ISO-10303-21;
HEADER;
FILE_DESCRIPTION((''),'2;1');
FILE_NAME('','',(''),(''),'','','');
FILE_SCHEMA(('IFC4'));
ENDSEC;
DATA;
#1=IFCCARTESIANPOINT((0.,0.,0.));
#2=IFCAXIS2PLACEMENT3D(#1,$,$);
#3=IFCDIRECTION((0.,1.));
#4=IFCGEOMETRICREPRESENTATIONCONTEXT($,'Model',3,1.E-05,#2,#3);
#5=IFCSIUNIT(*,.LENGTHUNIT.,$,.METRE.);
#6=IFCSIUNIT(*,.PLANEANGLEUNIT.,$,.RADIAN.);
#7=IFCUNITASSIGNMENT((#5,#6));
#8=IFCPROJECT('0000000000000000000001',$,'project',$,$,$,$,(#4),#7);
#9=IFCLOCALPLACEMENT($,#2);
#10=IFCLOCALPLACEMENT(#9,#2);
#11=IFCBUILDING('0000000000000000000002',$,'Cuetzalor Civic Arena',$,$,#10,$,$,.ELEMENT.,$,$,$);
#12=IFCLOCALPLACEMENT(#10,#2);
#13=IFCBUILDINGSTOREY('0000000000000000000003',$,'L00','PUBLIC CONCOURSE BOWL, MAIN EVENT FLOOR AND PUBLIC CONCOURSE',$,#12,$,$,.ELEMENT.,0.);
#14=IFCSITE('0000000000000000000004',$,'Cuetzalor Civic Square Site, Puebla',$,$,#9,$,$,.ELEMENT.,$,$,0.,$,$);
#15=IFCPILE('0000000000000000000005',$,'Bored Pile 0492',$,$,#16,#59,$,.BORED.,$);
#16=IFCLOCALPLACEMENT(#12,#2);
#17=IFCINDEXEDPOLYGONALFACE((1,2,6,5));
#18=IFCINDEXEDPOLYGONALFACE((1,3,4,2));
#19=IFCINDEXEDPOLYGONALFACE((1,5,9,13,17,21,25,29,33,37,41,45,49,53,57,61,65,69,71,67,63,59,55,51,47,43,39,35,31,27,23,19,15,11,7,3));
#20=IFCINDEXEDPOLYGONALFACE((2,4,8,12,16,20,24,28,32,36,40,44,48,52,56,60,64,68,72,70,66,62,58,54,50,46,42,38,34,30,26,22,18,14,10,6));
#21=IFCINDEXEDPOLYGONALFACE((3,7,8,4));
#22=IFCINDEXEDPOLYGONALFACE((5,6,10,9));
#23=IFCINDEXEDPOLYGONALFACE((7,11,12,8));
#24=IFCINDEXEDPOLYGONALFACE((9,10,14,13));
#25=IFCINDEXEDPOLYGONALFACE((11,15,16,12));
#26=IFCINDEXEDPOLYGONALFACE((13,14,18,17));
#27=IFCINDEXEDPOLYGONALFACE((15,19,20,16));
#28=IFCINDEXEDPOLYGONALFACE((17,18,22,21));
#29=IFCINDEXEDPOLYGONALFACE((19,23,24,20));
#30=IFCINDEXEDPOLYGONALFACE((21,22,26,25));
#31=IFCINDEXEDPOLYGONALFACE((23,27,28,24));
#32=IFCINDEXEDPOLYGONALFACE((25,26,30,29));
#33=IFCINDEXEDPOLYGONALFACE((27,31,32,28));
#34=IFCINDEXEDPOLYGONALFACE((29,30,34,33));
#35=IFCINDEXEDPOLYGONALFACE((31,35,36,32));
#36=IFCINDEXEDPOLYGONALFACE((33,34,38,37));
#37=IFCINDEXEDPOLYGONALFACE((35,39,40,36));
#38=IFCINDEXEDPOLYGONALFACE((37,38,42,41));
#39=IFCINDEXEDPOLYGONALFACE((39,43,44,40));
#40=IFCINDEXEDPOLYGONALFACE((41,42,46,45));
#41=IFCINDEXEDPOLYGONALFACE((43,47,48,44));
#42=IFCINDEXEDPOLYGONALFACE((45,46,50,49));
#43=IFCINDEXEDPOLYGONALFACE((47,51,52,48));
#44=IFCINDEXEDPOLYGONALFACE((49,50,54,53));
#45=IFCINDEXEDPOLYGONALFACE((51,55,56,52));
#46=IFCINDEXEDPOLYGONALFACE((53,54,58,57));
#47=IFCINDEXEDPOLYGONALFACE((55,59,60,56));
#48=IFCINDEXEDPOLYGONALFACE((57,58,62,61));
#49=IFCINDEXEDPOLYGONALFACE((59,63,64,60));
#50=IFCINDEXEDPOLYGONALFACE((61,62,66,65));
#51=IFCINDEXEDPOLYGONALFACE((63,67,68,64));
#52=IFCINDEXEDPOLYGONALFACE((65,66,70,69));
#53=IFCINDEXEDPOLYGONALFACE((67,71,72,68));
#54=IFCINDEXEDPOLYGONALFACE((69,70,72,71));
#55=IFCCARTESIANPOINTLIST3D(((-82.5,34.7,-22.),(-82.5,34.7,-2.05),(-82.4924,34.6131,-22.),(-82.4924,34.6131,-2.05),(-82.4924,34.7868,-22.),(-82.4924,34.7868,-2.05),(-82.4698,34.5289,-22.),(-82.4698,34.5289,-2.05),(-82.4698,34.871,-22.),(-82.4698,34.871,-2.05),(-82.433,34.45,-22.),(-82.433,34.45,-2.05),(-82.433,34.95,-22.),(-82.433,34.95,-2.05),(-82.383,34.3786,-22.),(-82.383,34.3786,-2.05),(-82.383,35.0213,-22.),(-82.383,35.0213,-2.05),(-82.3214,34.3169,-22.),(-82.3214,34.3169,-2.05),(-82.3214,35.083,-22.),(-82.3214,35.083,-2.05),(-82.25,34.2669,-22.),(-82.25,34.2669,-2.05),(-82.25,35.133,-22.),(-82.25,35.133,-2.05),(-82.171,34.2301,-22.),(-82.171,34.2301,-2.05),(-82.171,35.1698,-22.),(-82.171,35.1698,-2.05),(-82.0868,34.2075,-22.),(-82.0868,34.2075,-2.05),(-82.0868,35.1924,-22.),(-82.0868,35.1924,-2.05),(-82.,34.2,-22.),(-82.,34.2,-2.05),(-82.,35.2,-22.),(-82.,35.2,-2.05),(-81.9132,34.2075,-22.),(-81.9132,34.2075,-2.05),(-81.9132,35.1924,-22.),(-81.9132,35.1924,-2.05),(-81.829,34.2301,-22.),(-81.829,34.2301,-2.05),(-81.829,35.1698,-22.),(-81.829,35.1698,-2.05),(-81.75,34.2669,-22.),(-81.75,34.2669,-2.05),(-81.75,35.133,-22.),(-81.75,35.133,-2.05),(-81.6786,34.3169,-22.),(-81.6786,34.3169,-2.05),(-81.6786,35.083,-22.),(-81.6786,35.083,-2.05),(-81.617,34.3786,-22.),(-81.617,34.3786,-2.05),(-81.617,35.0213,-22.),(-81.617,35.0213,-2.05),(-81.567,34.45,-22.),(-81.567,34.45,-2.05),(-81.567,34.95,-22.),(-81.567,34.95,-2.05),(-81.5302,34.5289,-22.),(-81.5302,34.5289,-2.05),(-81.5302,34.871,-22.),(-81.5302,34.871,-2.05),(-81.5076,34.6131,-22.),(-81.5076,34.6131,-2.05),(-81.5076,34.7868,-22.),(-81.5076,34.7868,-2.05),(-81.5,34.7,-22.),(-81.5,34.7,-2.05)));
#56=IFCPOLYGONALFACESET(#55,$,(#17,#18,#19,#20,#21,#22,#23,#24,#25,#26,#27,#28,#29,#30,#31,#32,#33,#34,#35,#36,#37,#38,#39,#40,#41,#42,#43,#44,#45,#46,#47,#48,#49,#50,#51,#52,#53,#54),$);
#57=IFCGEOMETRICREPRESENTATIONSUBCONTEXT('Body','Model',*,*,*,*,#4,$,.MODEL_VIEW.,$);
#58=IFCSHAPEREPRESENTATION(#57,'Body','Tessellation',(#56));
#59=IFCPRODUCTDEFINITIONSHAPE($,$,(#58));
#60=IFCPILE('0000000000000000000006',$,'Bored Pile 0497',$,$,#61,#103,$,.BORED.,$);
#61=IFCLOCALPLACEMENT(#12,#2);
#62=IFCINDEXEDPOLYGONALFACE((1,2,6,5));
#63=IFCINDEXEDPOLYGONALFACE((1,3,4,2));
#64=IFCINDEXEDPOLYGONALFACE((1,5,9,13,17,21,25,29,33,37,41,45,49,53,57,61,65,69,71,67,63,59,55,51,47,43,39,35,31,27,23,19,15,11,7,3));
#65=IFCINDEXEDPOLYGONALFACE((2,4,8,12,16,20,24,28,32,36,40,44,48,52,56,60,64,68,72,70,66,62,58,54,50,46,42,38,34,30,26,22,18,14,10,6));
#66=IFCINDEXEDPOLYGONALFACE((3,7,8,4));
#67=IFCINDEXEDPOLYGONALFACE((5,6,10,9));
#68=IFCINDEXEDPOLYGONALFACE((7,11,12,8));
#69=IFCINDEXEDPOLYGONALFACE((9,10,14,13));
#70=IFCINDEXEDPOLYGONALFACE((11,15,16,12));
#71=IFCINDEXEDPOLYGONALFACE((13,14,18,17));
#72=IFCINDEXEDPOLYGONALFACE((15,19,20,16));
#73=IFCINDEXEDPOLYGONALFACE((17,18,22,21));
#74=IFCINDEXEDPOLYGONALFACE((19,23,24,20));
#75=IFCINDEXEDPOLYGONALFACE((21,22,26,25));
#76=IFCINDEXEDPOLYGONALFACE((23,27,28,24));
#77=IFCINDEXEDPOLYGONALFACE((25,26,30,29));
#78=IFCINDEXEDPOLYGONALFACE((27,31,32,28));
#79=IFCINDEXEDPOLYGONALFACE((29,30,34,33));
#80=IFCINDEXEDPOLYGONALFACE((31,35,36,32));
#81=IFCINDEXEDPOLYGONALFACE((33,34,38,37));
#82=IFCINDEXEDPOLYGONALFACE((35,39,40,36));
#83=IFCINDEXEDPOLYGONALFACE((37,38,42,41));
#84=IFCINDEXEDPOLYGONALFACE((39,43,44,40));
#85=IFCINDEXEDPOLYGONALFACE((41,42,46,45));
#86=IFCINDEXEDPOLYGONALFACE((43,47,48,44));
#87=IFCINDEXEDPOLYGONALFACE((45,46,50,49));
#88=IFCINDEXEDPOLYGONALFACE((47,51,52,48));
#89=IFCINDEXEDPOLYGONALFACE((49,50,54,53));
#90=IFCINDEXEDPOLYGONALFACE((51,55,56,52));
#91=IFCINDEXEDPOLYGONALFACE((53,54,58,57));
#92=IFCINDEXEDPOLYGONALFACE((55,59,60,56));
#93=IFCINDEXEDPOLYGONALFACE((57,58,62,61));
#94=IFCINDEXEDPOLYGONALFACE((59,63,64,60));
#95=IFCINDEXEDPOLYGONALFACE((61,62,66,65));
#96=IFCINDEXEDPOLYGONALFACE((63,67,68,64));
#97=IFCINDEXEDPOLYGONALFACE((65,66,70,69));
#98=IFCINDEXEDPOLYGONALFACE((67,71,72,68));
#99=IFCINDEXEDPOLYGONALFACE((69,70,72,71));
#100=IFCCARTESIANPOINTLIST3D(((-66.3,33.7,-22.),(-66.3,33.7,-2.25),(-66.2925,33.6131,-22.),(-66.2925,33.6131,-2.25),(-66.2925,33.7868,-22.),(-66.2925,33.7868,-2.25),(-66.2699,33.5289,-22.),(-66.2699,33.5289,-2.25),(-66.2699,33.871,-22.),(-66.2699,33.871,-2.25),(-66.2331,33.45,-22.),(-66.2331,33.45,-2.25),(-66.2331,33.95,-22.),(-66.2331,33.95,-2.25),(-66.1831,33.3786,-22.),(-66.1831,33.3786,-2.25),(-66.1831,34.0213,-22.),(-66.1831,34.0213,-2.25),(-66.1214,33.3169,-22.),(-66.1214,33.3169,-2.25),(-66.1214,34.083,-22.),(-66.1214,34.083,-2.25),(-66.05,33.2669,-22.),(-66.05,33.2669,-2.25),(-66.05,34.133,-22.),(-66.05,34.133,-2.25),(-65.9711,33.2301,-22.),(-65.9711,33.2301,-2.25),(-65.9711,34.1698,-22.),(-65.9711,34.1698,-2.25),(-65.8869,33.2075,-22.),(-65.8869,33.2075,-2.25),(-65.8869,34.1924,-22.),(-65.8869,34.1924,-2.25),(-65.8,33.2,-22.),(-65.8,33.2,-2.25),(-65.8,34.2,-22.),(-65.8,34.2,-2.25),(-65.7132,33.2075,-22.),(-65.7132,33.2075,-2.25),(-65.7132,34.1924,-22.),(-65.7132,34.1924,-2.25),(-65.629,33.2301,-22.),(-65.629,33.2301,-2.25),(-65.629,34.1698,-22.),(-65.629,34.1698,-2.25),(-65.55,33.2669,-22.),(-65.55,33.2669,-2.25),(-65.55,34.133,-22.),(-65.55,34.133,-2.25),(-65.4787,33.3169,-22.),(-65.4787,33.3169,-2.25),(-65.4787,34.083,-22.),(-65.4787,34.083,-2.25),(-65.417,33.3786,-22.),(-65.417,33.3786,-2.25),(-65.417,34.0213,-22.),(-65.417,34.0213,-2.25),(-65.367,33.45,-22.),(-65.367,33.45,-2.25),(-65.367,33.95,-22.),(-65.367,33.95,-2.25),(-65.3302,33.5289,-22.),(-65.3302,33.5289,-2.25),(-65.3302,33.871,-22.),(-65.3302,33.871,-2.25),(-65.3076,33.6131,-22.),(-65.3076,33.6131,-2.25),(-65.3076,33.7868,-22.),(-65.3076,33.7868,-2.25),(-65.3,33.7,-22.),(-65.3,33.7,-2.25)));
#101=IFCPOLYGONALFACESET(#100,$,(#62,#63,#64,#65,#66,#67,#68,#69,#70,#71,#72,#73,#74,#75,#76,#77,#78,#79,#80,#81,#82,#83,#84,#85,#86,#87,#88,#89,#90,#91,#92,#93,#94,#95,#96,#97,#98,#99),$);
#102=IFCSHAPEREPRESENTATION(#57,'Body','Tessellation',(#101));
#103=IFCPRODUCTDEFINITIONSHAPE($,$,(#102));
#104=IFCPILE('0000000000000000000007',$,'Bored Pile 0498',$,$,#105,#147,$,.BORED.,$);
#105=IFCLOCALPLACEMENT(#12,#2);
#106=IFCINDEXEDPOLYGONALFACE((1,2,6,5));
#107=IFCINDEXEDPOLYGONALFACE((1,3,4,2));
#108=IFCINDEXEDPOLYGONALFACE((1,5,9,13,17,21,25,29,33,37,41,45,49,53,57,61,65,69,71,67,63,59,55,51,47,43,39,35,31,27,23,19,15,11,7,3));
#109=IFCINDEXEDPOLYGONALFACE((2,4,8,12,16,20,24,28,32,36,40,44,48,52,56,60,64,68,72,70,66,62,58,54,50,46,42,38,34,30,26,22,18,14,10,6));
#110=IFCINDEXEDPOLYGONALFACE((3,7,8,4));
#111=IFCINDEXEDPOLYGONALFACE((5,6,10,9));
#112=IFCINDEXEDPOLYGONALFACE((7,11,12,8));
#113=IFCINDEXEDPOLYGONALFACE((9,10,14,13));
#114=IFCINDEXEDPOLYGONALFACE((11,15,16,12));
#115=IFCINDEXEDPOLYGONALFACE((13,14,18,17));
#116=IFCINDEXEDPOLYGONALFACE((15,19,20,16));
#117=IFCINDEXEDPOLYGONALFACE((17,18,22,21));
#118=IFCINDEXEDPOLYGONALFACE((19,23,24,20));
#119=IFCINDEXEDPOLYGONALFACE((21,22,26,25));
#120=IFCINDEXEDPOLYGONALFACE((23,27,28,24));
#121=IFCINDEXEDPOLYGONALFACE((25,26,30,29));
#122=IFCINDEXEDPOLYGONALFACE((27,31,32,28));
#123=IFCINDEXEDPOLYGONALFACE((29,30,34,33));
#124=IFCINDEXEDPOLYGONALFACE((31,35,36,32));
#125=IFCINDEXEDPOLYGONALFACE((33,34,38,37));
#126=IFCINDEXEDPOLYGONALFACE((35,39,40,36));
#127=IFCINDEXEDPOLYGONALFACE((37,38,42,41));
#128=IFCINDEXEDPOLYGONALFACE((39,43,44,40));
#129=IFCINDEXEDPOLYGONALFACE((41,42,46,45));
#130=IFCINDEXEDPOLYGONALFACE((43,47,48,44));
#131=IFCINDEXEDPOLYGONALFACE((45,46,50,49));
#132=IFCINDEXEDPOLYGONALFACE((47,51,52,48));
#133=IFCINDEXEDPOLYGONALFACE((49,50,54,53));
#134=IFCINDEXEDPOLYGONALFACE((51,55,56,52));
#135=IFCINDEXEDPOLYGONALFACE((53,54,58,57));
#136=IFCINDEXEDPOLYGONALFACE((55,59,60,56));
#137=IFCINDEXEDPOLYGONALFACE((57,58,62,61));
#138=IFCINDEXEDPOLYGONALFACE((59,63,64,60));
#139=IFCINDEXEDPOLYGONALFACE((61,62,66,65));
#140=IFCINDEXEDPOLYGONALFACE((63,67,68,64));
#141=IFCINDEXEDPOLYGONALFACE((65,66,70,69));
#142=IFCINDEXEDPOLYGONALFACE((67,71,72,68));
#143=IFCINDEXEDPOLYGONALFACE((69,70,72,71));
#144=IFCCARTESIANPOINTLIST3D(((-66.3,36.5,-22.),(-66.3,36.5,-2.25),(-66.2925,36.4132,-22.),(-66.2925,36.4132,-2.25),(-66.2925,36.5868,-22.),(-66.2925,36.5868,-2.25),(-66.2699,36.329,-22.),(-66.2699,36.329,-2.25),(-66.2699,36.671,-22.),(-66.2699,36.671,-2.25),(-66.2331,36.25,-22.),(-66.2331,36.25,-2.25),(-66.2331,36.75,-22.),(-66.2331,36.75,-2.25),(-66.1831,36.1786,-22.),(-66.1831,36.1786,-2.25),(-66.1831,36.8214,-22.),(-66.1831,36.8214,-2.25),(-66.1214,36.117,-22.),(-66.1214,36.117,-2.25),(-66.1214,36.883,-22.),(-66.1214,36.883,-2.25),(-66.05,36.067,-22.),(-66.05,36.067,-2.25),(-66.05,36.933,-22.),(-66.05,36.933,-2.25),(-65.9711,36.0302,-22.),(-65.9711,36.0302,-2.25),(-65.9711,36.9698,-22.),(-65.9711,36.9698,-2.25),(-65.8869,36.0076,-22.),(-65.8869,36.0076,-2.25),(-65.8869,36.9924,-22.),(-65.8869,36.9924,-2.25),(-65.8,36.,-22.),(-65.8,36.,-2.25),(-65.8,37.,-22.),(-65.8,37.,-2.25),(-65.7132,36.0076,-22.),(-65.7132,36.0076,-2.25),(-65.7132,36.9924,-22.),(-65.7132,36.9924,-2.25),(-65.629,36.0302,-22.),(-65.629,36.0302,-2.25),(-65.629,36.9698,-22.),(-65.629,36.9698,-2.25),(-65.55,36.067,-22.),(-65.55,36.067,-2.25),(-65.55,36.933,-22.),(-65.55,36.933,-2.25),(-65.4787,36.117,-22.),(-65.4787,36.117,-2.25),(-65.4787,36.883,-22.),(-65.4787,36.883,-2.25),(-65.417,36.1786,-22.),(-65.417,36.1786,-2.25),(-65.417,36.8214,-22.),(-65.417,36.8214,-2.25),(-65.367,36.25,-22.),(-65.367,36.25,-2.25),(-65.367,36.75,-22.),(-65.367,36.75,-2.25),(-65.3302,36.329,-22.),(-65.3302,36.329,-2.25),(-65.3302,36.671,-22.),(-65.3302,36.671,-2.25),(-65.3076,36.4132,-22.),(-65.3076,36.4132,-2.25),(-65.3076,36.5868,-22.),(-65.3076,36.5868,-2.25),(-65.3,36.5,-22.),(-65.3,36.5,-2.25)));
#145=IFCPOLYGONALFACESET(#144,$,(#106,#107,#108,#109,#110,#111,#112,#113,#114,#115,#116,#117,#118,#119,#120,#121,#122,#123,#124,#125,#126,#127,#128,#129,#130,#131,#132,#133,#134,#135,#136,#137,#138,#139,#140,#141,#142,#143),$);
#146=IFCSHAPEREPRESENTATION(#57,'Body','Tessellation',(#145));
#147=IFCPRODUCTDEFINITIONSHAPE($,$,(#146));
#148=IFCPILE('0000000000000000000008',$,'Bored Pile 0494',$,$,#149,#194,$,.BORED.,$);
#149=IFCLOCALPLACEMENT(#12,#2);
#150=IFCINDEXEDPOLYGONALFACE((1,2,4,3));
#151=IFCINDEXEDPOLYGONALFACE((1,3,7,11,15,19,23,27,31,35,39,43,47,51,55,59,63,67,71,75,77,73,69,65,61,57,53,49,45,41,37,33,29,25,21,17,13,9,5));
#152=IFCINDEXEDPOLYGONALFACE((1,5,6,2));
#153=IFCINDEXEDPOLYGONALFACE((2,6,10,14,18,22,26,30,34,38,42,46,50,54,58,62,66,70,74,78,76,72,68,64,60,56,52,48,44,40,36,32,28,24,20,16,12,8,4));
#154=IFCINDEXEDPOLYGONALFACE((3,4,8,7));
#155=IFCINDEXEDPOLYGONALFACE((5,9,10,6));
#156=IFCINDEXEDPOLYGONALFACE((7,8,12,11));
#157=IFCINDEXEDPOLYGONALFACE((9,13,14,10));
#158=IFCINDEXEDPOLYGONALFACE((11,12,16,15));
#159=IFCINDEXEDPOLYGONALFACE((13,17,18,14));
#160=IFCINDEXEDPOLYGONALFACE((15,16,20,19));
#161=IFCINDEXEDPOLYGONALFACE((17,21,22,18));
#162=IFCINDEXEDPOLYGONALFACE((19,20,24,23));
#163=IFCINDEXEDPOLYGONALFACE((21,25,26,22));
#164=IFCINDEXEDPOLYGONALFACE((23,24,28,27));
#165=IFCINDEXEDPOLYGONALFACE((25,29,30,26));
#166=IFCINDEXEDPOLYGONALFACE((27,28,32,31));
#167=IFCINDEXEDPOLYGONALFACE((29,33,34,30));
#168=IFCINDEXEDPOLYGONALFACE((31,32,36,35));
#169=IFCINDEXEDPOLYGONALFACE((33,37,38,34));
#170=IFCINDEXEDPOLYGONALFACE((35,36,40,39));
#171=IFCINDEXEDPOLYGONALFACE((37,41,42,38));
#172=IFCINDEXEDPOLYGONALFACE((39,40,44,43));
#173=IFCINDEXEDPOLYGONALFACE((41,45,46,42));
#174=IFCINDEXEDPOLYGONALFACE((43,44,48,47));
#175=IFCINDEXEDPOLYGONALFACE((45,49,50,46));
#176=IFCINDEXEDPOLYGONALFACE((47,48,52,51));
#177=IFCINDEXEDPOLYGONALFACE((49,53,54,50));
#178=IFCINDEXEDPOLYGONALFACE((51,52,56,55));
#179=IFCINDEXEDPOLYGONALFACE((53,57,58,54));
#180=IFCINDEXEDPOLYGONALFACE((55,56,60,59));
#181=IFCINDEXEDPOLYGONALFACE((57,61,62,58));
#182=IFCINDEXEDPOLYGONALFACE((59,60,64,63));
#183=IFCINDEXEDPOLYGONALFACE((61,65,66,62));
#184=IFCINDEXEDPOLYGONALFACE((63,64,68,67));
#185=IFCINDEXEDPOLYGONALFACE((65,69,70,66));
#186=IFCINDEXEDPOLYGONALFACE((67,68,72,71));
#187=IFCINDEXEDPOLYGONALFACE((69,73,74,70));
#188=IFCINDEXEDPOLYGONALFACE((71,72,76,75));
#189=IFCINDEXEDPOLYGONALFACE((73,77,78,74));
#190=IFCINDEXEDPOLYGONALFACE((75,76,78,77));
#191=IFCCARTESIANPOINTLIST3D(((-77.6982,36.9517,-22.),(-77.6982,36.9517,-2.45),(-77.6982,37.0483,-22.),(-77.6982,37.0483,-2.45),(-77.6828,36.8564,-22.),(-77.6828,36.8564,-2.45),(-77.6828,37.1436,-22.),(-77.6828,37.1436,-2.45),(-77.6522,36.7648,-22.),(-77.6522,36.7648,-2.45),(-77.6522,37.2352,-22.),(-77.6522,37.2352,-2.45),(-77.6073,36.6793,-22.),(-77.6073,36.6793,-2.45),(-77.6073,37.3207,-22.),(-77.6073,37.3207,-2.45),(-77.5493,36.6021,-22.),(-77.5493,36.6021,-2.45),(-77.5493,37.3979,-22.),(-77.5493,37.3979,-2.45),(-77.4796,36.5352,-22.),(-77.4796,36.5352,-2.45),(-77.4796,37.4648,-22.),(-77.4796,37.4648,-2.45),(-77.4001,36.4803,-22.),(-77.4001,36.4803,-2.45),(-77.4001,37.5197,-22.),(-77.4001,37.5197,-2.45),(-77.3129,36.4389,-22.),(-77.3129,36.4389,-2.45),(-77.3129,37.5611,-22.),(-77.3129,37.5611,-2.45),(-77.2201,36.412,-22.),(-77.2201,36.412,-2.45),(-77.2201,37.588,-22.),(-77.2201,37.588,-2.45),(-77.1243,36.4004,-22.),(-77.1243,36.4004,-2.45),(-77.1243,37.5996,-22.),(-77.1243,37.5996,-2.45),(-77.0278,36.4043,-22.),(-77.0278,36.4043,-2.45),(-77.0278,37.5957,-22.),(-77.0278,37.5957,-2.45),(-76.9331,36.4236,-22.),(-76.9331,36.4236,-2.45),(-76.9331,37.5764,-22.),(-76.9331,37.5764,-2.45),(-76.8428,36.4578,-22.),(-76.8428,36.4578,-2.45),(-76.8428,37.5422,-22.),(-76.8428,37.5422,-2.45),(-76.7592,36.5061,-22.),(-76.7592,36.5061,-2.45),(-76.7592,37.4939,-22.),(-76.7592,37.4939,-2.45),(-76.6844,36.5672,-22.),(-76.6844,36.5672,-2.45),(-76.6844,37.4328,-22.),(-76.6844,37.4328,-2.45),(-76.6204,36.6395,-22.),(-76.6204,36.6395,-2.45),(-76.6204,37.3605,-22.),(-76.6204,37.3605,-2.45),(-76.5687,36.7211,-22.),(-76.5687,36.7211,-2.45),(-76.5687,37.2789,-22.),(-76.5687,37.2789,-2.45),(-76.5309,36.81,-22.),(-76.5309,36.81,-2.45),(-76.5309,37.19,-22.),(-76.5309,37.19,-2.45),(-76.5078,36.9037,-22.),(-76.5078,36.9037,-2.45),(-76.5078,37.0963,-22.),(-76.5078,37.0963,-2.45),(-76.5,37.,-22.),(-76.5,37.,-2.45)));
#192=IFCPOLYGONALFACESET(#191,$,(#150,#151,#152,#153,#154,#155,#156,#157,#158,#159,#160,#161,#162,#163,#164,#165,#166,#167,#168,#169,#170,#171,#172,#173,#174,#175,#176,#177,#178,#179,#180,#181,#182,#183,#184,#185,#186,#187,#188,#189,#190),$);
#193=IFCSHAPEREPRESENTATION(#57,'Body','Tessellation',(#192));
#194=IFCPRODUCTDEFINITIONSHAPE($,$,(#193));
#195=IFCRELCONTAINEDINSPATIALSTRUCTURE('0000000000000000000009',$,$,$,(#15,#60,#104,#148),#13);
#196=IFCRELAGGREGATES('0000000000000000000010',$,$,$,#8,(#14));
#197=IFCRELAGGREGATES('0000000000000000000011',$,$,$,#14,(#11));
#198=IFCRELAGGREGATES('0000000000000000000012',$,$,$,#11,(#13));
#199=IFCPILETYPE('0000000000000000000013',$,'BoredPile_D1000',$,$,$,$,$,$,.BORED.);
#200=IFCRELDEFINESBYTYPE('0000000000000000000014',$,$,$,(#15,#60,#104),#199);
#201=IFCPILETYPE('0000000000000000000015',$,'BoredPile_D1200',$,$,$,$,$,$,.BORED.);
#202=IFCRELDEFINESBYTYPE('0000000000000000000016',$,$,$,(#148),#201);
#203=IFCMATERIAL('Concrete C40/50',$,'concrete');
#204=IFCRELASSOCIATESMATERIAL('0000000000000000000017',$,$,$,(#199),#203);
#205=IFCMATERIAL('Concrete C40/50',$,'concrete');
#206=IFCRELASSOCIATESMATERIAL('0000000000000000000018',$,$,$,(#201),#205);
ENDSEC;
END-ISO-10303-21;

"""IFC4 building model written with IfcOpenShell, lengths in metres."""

from ifc_helpers import new_model, si_unit, direction, frame, origin, origin_2d, place, context, subcontext, project, spatial, circle, extrude, material, material_profile, profile_set, type_object, element, save


model = new_model("IFC4")

# Units and contexts
model_context = context("Model", 3, precision=1e-05, world=origin(), true_north=direction((0.0, 1.0)))
body_context = subcontext(model_context, "Body", "Model", "MODEL_VIEW")
ifc_project = project(units=[si_unit("LENGTHUNIT", "METRE"), si_unit("PLANEANGLEUNIT", "RADIAN")], contexts=[model_context])

# Site, building, storey
site_placement = place(None, origin())
site = spatial("IfcSite", under=ifc_project, at=site_placement, Name="Cuetzalor Civic Square Site, Puebla", CompositionType="ELEMENT", RefElevation=0.0)
building_placement = place(site_placement, origin())
building = spatial("IfcBuilding", under=site, at=building_placement, Name="Cuetzalor Civic Arena", CompositionType="ELEMENT")
storey_placement = place(building_placement, origin())
storey = spatial("IfcBuildingStorey", under=building, at=storey_placement, Name="L00", Description="PUBLIC CONCOURSE BOWL, MAIN EVENT FLOOR AND PUBLIC CONCOURSE", CompositionType="ELEMENT", Elevation=0.0)

# Piles
ifc_material_1 = material(Name="Concrete C40/50", Category="concrete")
ifc_material_profile_1 = material_profile(ifc_material_1, circle(Radius=0.5, at=origin_2d()), Name="BORED PILE D1000")
ifc_profile_set_1 = profile_set([ifc_material_profile_1], Name="Concrete C40/50")
pile_type_1 = type_object("IfcPileType", Name="BoredPile_D1000", PredefinedType="BORED", material=ifc_profile_set_1)
pile_placement = place(storey_placement, frame((-82.0, 34.7, -2.05), z_axis=(0.0, 0.0, -1.0), x_axis=(1.0, 0.0, 0.0)))
element("IfcPile", 1, at=pile_placement, inside=storey, type_object=pile_type_1, Name="Bored Pile 0492", PredefinedType="BORED", context=body_context, shape_type="SweptSolid", body=[
    extrude(circle(Radius=0.5, at=origin_2d()), origin(), (0.0, 0.0, 1.0), 19.95),
])
for number, where, z_axis, x_axis, name in (
    (2, (-65.8, 33.7, -2.25), (0.0, 0.0, -1.0), (1.0, 0.0, 0.0), "Bored Pile 0497"),
    (3, (-65.8, 36.5, -2.25), (0.0, 0.0, -1.0), (1.0, 0.0, 0.0), "Bored Pile 0498"),
):
    element("IfcPile", number, at=place(storey_placement, frame(where, z_axis=z_axis, x_axis=x_axis)), inside=storey, type_object=pile_type_1, Name=name, PredefinedType="BORED", context=body_context, shape_type="SweptSolid", body=[
        extrude(circle(Radius=0.5, at=origin_2d()), origin(), (0.0, 0.0, 1.0), 19.75),
    ])
ifc_material_2 = material(Name="Concrete C40/50", Category="concrete")
ifc_material_profile_2 = material_profile(ifc_material_2, circle(Radius=0.6001, at=origin_2d()), Name="BORED PILE D1200")
ifc_profile_set_2 = profile_set([ifc_material_profile_2], Name="Concrete C40/50")
pile_type_2 = type_object("IfcPileType", Name="BoredPile_D1200", PredefinedType="BORED", material=ifc_profile_set_2)
for number, where, z_axis, x_axis, name in (
    (4, (-77.1001, 37.0, -2.45), (0.0, 0.0, -1.0), (1.0, 0.0, 0.0), "Bored Pile 0494"),
):
    element("IfcPile", number, at=place(storey_placement, frame(where, z_axis=z_axis, x_axis=x_axis)), inside=storey, type_object=pile_type_2, Name=name, PredefinedType="BORED", context=body_context, shape_type="SweptSolid", body=[
        extrude(circle(Radius=0.6001, at=origin_2d()), origin(), (0.0, 0.0, 1.0), 19.55),
    ])

save(model, "model.ifc")
